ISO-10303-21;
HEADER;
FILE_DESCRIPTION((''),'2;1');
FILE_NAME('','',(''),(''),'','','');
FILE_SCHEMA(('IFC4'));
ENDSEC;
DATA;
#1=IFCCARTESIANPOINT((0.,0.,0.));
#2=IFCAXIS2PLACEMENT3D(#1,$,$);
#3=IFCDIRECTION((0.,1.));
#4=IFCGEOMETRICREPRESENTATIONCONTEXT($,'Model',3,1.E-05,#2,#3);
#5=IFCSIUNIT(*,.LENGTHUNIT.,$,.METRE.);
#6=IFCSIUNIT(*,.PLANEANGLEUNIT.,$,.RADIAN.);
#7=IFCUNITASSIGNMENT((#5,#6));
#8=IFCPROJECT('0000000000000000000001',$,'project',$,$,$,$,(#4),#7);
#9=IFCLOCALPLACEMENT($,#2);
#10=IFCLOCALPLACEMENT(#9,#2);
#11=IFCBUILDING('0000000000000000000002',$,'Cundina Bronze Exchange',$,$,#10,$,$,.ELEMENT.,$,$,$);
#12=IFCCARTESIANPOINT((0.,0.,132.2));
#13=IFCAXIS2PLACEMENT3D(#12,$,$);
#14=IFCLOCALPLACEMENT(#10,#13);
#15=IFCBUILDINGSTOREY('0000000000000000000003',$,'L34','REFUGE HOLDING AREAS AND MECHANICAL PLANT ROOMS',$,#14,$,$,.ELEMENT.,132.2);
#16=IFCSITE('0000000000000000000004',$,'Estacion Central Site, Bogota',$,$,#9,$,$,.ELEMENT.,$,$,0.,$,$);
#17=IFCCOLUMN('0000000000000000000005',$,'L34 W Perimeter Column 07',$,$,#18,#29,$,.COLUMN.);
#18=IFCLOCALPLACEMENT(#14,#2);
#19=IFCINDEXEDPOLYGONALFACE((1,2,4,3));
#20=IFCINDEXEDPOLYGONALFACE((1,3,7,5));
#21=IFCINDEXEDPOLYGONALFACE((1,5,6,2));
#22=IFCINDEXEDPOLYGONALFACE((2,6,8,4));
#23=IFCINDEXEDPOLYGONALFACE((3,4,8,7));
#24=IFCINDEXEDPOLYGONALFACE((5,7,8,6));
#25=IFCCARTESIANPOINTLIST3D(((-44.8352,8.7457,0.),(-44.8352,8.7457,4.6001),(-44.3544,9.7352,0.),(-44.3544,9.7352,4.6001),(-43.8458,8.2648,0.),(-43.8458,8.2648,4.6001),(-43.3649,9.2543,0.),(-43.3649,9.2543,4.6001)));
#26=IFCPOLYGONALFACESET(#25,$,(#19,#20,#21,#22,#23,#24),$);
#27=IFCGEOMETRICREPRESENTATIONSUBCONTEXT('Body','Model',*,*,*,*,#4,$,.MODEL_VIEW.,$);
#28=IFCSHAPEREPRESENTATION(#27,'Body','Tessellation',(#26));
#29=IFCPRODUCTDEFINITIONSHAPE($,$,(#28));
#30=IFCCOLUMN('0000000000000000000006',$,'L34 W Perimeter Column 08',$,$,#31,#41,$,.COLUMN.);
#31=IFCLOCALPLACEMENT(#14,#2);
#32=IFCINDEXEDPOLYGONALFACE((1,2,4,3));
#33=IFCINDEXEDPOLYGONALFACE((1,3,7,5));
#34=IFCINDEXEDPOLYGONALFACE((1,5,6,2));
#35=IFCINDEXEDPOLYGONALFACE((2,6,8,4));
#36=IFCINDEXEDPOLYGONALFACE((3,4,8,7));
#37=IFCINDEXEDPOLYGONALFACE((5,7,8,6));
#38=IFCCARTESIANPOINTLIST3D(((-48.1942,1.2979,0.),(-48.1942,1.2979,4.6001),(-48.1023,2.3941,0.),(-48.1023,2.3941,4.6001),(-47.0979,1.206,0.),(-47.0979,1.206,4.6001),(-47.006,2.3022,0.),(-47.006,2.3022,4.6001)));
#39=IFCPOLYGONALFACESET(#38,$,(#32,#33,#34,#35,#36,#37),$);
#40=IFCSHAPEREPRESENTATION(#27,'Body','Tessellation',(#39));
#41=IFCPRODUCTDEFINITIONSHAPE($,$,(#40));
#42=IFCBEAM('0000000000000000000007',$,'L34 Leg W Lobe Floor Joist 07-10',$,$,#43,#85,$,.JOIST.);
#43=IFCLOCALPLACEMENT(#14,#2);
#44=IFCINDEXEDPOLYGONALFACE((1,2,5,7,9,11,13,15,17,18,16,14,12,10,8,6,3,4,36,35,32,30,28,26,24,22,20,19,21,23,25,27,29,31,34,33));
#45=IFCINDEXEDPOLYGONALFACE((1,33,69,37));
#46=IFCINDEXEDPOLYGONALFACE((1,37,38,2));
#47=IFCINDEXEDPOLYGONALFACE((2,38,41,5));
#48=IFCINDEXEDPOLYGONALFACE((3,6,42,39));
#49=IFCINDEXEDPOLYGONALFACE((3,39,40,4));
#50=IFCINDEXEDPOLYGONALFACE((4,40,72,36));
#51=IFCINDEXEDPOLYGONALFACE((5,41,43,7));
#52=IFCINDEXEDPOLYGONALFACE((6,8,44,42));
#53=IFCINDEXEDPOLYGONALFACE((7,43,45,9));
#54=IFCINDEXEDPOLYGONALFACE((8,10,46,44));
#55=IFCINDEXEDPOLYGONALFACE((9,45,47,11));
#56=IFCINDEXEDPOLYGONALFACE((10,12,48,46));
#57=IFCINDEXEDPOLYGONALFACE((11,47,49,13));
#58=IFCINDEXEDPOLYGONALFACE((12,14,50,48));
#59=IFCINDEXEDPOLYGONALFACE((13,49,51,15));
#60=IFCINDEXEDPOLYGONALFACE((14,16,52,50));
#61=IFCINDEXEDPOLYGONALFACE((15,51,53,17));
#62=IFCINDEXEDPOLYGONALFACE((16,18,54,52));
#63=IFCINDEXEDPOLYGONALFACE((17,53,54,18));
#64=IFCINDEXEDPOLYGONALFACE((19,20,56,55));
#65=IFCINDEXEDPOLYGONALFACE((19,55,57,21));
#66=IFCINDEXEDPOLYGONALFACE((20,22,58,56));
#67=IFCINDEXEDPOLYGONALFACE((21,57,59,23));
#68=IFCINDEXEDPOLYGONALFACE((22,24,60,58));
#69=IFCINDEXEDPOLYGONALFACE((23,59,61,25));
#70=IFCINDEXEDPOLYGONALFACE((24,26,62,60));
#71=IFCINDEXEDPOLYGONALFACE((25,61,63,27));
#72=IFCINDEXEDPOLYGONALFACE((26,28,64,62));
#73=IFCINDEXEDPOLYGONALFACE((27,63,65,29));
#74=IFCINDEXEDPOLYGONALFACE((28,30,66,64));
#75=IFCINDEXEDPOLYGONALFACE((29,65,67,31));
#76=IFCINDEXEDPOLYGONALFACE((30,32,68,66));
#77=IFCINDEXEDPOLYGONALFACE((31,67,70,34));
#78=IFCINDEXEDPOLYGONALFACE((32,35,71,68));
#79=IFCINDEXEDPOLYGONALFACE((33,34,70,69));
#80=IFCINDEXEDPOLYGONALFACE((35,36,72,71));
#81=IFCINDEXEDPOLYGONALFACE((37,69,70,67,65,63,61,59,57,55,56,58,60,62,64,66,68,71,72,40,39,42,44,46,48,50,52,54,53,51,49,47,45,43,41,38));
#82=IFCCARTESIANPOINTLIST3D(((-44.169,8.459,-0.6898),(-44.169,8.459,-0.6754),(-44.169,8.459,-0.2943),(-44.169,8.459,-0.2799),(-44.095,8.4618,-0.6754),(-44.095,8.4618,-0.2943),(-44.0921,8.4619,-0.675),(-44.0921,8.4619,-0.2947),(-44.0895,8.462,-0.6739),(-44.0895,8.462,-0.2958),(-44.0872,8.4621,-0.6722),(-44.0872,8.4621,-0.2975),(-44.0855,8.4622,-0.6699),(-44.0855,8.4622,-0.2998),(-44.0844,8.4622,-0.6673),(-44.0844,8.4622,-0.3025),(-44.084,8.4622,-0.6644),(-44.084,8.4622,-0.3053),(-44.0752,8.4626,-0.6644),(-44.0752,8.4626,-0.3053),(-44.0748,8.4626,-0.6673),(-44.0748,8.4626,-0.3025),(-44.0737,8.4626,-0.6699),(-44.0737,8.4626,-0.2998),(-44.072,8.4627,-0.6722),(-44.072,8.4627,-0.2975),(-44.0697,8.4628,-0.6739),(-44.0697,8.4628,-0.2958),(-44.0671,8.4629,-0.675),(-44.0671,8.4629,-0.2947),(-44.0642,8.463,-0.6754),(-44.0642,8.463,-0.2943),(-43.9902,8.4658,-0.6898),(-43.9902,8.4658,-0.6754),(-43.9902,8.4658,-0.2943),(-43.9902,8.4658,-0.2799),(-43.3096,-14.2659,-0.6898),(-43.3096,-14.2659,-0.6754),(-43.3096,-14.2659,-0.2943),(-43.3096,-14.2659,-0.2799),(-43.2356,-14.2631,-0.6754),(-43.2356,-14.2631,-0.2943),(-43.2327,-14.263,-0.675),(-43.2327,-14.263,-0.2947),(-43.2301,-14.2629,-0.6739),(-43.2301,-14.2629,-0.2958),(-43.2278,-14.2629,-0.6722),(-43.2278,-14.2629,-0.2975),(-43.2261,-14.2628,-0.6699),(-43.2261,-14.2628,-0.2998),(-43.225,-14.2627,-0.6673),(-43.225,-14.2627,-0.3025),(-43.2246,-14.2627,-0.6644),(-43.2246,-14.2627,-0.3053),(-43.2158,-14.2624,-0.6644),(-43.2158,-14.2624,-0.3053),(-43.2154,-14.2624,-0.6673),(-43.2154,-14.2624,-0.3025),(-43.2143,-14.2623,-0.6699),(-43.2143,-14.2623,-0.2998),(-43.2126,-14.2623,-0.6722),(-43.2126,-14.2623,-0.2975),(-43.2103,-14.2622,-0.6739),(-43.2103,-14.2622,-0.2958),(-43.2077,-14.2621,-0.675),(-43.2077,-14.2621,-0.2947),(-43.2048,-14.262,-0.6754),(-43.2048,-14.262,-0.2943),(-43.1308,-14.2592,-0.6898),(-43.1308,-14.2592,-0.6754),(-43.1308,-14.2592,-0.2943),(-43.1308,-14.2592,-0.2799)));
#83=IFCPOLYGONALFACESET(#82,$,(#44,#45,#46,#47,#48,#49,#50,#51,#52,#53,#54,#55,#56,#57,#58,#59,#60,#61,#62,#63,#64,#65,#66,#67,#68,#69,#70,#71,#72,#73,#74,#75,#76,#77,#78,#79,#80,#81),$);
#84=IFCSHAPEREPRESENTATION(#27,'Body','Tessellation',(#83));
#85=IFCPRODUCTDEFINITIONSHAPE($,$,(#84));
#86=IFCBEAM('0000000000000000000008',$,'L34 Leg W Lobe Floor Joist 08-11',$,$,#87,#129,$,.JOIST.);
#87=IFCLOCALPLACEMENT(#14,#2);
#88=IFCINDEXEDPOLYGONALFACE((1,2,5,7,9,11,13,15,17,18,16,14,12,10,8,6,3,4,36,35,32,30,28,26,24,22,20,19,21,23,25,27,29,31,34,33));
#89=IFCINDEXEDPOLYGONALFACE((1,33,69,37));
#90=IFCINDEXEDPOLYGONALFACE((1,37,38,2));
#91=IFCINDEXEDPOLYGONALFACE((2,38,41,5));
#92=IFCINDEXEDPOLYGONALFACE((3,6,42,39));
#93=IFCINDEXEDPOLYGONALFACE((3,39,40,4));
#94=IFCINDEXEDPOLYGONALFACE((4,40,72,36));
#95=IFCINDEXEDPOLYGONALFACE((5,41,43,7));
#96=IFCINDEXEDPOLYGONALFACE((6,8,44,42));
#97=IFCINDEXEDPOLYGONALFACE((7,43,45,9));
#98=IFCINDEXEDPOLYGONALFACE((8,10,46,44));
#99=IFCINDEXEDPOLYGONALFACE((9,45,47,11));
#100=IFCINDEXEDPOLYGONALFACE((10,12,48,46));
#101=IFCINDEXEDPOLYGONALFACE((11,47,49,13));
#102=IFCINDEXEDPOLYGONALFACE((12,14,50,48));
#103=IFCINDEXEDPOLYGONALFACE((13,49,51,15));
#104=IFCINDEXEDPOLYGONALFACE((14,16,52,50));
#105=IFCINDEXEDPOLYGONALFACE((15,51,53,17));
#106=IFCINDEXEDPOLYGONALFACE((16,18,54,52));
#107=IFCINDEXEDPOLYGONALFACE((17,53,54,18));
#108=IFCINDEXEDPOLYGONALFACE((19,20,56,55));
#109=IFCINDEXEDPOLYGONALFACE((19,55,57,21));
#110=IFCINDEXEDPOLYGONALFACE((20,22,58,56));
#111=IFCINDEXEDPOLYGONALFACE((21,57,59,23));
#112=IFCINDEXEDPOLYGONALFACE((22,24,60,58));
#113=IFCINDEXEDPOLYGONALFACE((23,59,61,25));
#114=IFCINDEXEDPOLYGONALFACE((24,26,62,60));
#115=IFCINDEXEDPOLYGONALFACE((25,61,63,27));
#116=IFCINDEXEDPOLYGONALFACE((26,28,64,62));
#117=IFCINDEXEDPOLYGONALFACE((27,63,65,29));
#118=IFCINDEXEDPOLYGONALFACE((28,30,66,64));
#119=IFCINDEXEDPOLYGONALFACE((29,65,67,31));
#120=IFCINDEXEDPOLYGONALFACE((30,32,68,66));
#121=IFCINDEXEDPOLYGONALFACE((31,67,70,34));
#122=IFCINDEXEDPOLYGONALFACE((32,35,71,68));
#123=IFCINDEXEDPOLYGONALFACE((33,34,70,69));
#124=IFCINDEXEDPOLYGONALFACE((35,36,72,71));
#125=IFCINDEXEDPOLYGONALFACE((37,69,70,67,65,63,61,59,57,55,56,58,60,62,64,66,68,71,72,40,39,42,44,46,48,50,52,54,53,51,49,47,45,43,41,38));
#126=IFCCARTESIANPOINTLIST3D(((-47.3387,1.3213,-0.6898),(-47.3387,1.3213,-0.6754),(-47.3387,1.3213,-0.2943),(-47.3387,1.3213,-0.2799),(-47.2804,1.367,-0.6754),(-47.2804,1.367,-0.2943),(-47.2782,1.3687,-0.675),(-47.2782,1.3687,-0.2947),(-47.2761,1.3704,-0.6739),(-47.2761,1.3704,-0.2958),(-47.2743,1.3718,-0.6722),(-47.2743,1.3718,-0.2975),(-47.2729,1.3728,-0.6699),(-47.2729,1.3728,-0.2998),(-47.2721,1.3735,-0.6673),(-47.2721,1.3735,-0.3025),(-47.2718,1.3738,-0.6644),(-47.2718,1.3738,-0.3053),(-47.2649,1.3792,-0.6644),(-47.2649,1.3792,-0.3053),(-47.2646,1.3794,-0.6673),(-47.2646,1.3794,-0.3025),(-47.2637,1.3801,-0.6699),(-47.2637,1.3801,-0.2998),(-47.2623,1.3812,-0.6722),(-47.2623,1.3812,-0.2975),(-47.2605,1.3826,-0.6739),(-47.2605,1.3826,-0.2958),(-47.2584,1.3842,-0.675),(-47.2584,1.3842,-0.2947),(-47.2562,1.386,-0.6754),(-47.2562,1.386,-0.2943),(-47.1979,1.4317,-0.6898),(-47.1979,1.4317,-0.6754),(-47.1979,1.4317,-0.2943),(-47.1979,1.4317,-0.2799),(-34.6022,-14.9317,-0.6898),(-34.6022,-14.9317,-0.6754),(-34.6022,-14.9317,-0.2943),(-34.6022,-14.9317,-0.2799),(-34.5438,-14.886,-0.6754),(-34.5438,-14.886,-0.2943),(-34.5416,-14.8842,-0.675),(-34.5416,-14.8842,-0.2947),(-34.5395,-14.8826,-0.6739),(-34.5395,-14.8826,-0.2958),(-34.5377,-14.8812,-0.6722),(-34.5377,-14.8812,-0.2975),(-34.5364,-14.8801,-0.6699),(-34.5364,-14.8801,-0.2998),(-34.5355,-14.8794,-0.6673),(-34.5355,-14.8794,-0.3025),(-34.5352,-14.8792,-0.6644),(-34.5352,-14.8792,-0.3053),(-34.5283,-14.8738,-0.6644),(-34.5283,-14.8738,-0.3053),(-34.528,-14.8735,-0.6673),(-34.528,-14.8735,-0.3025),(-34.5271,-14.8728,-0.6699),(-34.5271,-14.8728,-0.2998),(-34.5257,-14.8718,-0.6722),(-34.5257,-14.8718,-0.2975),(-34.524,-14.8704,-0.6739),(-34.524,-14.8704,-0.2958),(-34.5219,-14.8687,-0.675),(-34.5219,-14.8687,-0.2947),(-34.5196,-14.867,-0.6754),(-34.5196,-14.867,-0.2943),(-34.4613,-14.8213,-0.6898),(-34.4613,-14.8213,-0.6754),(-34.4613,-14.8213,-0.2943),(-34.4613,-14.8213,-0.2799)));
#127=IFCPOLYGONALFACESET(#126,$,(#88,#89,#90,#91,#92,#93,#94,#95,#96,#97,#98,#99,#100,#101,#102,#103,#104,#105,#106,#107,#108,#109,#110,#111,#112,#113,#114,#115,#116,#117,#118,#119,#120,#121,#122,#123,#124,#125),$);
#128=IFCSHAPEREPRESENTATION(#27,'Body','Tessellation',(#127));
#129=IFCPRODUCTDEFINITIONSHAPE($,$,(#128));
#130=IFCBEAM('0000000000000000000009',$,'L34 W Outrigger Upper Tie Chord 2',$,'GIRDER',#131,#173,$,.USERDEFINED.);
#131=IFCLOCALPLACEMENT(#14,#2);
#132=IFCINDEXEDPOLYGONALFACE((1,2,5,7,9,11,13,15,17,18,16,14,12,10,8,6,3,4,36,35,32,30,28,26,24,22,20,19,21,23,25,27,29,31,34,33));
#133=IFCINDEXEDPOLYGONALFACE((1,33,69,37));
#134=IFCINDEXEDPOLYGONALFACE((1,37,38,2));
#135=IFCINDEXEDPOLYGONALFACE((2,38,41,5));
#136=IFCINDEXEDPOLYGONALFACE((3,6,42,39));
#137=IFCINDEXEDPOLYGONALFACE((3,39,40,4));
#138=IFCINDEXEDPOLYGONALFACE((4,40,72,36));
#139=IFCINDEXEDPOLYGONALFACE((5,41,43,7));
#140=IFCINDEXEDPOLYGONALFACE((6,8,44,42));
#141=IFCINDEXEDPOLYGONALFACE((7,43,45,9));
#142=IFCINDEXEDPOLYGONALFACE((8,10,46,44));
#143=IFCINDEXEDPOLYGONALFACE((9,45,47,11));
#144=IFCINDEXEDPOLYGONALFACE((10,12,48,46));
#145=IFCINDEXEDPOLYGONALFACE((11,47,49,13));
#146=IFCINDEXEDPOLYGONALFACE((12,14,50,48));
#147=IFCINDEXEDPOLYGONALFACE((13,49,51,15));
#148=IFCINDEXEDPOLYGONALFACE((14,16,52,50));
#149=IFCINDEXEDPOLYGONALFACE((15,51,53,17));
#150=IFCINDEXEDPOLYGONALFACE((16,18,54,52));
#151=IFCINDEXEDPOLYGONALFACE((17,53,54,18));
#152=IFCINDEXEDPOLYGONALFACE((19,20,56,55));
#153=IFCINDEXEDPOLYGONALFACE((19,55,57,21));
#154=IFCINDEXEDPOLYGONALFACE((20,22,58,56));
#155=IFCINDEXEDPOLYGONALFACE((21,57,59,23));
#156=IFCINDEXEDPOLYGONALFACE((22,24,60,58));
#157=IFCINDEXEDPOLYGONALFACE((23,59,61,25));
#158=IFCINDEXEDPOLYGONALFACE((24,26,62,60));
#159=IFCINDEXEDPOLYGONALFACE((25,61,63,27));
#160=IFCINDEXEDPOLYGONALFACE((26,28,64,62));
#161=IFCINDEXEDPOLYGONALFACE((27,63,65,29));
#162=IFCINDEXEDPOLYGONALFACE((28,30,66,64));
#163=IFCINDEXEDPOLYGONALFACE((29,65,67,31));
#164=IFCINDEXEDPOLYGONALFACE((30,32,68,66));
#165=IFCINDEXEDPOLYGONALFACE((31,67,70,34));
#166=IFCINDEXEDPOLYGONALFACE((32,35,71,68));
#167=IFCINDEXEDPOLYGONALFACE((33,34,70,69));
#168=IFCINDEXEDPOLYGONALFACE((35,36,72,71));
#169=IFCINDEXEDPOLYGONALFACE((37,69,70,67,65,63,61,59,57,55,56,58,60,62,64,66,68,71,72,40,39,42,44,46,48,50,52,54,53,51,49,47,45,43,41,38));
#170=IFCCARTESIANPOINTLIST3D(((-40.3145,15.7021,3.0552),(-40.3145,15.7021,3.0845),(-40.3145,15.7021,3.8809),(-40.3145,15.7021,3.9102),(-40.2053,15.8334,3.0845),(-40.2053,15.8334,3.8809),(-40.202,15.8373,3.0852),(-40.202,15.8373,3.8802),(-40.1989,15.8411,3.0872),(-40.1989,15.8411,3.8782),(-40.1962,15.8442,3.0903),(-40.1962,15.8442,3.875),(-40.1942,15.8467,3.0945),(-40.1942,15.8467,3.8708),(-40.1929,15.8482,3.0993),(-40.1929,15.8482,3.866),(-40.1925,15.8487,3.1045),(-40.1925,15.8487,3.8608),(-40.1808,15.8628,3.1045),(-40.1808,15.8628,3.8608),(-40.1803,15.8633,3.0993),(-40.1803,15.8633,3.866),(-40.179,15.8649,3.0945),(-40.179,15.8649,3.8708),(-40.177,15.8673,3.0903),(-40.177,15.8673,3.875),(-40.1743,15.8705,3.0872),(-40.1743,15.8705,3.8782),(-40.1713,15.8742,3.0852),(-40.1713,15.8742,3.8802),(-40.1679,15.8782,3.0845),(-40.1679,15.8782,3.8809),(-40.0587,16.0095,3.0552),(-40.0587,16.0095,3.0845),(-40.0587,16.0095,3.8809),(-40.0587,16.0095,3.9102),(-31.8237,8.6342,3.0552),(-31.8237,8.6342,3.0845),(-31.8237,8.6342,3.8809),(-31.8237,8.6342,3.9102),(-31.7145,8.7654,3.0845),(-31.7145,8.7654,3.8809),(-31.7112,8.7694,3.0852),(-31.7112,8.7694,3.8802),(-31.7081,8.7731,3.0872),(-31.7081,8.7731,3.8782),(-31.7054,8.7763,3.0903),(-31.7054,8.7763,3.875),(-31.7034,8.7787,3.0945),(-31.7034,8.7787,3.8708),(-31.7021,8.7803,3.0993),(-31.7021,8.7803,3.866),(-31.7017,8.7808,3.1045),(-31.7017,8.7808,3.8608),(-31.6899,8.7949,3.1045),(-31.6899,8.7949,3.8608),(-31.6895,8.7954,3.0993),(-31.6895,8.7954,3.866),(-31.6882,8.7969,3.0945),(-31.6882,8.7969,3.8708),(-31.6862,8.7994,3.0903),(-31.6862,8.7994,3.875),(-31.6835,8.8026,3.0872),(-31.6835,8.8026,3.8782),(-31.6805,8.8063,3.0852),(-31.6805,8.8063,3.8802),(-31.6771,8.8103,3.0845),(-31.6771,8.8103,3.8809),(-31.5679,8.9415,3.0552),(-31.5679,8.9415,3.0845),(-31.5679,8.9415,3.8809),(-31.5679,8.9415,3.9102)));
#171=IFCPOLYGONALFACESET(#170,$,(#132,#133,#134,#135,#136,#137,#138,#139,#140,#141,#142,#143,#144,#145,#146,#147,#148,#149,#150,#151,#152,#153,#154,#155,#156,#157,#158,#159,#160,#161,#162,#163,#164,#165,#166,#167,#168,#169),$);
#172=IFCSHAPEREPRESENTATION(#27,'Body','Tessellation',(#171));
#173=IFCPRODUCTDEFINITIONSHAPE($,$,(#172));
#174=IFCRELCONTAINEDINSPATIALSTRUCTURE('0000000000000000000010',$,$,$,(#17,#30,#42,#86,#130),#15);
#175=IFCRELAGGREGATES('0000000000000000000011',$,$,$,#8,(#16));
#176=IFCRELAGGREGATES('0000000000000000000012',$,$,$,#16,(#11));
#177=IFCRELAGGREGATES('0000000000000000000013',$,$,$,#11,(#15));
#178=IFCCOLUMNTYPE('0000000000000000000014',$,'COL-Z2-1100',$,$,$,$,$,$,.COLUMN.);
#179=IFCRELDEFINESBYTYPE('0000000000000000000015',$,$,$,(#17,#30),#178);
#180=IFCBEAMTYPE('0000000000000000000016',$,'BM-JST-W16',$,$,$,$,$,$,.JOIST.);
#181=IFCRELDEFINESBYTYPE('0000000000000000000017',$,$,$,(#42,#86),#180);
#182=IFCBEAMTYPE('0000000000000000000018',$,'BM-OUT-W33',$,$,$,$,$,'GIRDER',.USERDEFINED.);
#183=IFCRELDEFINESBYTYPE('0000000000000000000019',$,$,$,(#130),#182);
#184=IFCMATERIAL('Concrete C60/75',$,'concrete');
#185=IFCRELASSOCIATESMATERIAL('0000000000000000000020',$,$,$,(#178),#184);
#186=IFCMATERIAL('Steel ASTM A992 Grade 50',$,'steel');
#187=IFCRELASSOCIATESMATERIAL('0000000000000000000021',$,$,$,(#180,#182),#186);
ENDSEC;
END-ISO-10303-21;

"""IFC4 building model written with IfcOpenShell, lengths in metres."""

from ifc_helpers import new_model, si_unit, direction, frame, origin, origin_2d, place, context, subcontext, project, spatial, rectangle, i_section, extrude, material, material_profile, profile_set, type_object, element, save


model = new_model("IFC4")

# Units and contexts
model_context = context("Model", 3, precision=1e-05, world=origin(), true_north=direction((0.0, 1.0)))
body_context = subcontext(model_context, "Body", "Model", "MODEL_VIEW")
ifc_project = project(units=[si_unit("LENGTHUNIT", "METRE"), si_unit("PLANEANGLEUNIT", "RADIAN")], contexts=[model_context])

# Site, building, storey
site_placement = place(None, origin())
site = spatial("IfcSite", under=ifc_project, at=site_placement, Name="Estacion Central Site, Bogota", CompositionType="ELEMENT", RefElevation=0.0)
building_placement = place(site_placement, origin())
building = spatial("IfcBuilding", under=site, at=building_placement, Name="Cundina Bronze Exchange", CompositionType="ELEMENT")
storey_placement = place(building_placement, frame((0.0, 0.0, 132.2)))
storey = spatial("IfcBuildingStorey", under=building, at=storey_placement, Name="L34", Description="REFUGE HOLDING AREAS AND MECHANICAL PLANT ROOMS", CompositionType="ELEMENT", Elevation=132.2)

# Columns
ifc_material_1 = material(Name="Concrete C60/75", Category="concrete")
ifc_material_profile_1 = material_profile(ifc_material_1, rectangle(XDim=1.1001, YDim=1.1001, at=origin_2d()), Name="RC1100X1100", Category="concrete")
ifc_profile_set_1 = profile_set([ifc_material_profile_1], Name="Concrete C60/75")
column_type = type_object("IfcColumnType", Name="COL-Z2-1100", PredefinedType="COLUMN", material=ifc_profile_set_1)
for number, where, z_axis, x_axis, name in (
    (1, (-44.1001, 9.0, 0.0), (0.0, 0.0, 1.0), (-0.437116, -0.899405, 0.0), "L34 W Perimeter Column 07"),
    (2, (-47.6001, 1.8, 0.0), (0.0, 0.0, 1.0), (-0.083504, -0.996507, 0.0), "L34 W Perimeter Column 08"),
):
    element("IfcColumn", number, at=place(storey_placement, frame(where, z_axis=z_axis, x_axis=x_axis)), inside=storey, type_object=column_type, Name=name, PredefinedType="COLUMN", context=body_context, shape_type="SweptSolid", body=[
        extrude(rectangle(XDim=1.1001, YDim=1.1001, at=origin_2d()), origin(), (0.0, 0.0, 1.0), 4.6001),
    ])

# Beams
ifc_material_2 = material(Name="Steel ASTM A992 Grade 50", Category="steel")
ifc_material_profile_2 = material_profile(ifc_material_2, i_section(OverallWidth=0.179, OverallDepth=0.4099, WebThickness=0.0088, FlangeThickness=0.0144, FilletRadius=0.011, at=origin_2d()), Name="W16X45", Category="steel")
ifc_profile_set_2 = profile_set([ifc_material_profile_2], Name="Steel ASTM A992 Grade 50")
beam_type_1 = type_object("IfcBeamType", Name="BM-JST-W16", PredefinedType="JOIST", material=ifc_profile_set_2)
beam_1_placement = place(storey_placement, frame((-44.0796, 8.4624, -0.4849), z_axis=(0.03779, -0.999286, 0.0), x_axis=(0.999286, 0.03779, 0.0)))
element("IfcBeam", 3, at=beam_1_placement, inside=storey, type_object=beam_type_1, Name="L34 Leg W Lobe Floor Joist 07-10", PredefinedType="JOIST", context=body_context, shape_type="SweptSolid", body=[
    extrude(i_section(OverallWidth=0.179, OverallDepth=0.4099, WebThickness=0.0088, FlangeThickness=0.0144, FilletRadius=0.011, at=origin_2d()), origin(), (0.0, 0.0, 1.0), 22.7412),
])
beam_2_placement = place(storey_placement, frame((-47.2683, 1.3765, -0.4849), z_axis=(0.616815, -0.787108, 0.0), x_axis=(0.787108, 0.616815, 0.0)))
element("IfcBeam", 4, at=beam_2_placement, inside=storey, type_object=beam_type_1, Name="L34 Leg W Lobe Floor Joist 08-11", PredefinedType="JOIST", context=body_context, shape_type="SweptSolid", body=[
    extrude(i_section(OverallWidth=0.179, OverallDepth=0.4099, WebThickness=0.0088, FlangeThickness=0.0144, FilletRadius=0.011, at=origin_2d()), origin(), (0.0, 0.0, 1.0), 20.6489),
])
ifc_material_profile_3 = material_profile(ifc_material_2, i_section(OverallWidth=0.3999, OverallDepth=0.855, WebThickness=0.0183, FlangeThickness=0.0293, FilletRadius=0.02, at=origin_2d()), Name="W33X201", Category="steel")
ifc_profile_set_3 = profile_set([ifc_material_profile_3], Name="Steel ASTM A992 Grade 50")
beam_type_2 = type_object("IfcBeamType", Name="BM-OUT-W33", ElementType="GIRDER", PredefinedType="USERDEFINED", material=ifc_profile_set_3)
beam_3_placement = place(storey_placement, frame((-31.6958, 8.7878, 3.4827), z_axis=(-0.768565, 0.639771, 0.0), x_axis=(-0.639771, -0.768565, 0.0)))
element("IfcBeam", 5, at=beam_3_placement, inside=storey, type_object=beam_type_2, Name="L34 W Outrigger Upper Tie Chord 2", ObjectType="GIRDER", PredefinedType="USERDEFINED", context=body_context, shape_type="SweptSolid", body=[
    extrude(i_section(OverallWidth=0.3999, OverallDepth=0.855, WebThickness=0.0183, FlangeThickness=0.0293, FilletRadius=0.02, at=origin_2d()), origin(), (0.0, 0.0, 1.0), 11.0476),
])

save(model, "model.ifc")
